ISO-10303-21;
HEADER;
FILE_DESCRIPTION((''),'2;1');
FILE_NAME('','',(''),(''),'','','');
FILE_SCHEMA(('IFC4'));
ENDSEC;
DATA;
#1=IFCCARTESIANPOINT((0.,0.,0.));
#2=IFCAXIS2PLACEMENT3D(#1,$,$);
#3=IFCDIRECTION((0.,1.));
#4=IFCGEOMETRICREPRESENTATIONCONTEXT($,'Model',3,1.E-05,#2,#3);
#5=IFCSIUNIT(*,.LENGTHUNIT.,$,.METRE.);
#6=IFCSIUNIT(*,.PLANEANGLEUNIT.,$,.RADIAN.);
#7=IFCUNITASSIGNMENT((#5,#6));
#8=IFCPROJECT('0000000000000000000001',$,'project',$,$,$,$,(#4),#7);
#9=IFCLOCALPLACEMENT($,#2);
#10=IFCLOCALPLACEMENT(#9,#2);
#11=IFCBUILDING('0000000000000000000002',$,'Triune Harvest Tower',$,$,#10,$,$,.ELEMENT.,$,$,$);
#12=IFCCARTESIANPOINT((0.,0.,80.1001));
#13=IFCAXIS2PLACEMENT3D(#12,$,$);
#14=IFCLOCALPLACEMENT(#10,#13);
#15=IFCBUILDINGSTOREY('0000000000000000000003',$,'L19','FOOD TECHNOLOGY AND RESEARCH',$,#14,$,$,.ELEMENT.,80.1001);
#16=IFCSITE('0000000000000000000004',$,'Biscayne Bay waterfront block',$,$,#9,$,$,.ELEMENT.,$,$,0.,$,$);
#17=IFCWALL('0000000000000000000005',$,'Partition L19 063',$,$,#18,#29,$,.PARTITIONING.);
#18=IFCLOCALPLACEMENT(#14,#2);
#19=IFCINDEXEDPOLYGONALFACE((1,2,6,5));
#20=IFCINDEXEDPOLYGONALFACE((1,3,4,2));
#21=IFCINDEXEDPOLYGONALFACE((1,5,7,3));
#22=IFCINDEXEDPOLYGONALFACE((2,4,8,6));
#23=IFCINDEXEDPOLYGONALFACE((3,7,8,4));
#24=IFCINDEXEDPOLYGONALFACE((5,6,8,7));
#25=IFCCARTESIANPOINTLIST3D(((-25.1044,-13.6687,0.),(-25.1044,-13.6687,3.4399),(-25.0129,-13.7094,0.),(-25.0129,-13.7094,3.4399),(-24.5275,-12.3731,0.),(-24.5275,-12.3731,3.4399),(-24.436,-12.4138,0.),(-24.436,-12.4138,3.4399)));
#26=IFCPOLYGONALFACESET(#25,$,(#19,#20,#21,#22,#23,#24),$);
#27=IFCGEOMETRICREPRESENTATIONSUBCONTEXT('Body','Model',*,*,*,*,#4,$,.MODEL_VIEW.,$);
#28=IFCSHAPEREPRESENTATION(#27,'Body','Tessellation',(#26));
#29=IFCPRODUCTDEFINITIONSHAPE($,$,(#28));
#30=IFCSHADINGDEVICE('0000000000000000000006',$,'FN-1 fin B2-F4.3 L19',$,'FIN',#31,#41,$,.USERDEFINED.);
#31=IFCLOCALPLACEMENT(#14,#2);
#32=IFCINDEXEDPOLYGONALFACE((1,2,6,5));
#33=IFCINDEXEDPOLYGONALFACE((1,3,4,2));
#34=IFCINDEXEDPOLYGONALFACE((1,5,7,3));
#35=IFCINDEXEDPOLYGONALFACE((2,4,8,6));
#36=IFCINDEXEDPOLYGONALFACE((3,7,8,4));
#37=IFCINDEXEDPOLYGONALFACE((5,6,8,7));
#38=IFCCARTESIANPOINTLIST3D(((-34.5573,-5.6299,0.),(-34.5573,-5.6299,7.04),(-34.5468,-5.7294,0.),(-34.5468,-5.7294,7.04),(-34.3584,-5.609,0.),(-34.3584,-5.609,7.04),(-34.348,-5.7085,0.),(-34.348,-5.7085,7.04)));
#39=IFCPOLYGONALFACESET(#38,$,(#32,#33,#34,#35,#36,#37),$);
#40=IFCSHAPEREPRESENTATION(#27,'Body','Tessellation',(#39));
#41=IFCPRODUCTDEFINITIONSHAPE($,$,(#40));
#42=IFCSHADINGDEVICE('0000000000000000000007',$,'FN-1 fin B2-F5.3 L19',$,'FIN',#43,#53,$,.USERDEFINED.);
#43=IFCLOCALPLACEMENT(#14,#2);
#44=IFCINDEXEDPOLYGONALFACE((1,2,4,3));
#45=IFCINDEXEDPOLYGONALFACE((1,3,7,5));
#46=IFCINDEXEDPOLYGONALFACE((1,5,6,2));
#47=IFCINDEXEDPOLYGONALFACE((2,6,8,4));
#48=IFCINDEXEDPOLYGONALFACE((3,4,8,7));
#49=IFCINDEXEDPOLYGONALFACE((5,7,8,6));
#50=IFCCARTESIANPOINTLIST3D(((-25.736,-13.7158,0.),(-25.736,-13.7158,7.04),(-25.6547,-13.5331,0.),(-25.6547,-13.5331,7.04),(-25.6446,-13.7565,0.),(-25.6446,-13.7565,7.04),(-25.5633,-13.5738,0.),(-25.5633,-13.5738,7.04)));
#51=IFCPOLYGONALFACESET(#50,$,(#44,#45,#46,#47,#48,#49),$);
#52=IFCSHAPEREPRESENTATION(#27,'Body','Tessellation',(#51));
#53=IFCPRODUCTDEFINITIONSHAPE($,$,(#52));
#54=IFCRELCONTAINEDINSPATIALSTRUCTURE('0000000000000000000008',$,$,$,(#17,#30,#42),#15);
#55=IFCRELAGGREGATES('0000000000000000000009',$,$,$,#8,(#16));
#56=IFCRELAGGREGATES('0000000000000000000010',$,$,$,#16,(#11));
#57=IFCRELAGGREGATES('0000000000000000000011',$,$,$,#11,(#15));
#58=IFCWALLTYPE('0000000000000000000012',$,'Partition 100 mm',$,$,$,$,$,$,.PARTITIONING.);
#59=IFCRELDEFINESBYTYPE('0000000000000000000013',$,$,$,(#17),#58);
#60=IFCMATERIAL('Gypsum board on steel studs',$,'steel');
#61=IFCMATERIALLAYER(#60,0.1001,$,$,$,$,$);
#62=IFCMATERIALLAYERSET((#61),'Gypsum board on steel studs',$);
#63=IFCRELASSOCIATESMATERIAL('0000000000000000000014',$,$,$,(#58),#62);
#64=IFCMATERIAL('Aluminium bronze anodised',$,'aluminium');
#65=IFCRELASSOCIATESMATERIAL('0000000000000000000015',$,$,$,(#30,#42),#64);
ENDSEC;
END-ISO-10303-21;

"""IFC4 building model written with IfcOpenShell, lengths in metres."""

from ifc_helpers import new_model, si_unit, direction, frame, frame_2d, origin, origin_2d, place, context, subcontext, project, spatial, rectangle, extrude, source, transform, mapped, material, layer, layer_set, type_object, element, save


model = new_model("IFC4")

# Units and contexts
model_context = context("Model", 3, precision=1e-05, world=origin(), true_north=direction((0.0, 1.0)))
body_context = subcontext(model_context, "Body", "Model", "MODEL_VIEW")
ifc_project = project(units=[si_unit("LENGTHUNIT", "METRE"), si_unit("PLANEANGLEUNIT", "RADIAN")], contexts=[model_context])

# Site, building, storey
site_placement = place(None, origin())
site = spatial("IfcSite", under=ifc_project, at=site_placement, Name="Biscayne Bay waterfront block", CompositionType="ELEMENT", RefElevation=0.0)
building_placement = place(site_placement, origin())
building = spatial("IfcBuilding", under=site, at=building_placement, Name="Triune Harvest Tower", CompositionType="ELEMENT")
storey_placement = place(building_placement, frame((0.0, 0.0, 80.1001)))
storey = spatial("IfcBuildingStorey", under=building, at=storey_placement, Name="L19", Description="FOOD TECHNOLOGY AND RESEARCH", CompositionType="ELEMENT", Elevation=80.1001)

# Wall
ifc_material_1 = material(Name="Gypsum board on steel studs", Category="steel")
ifc_layer_1 = layer(ifc_material_1, 0.1001)
ifc_layer_set_1 = layer_set([ifc_layer_1], Name="Gypsum board on steel studs")
wall_type = type_object("IfcWallType", Name="Partition 100 mm", PredefinedType="PARTITIONING", material=ifc_layer_set_1)
shared_shape_1 = source(origin(), body_context, "Body", "SweptSolid", [
    extrude(rectangle(XDim=1.4182, YDim=0.1001, at=frame_2d((0.709, 0.0))), origin(), (0.0, 0.0, 1.0), 3.4399),
])
wall_placement = place(storey_placement, frame((-25.0586, -13.689, 0.0), z_axis=(0.0, 0.0, 1.0), x_axis=(0.406761, 0.913534, 0.0)))
element("IfcWall", 1, at=wall_placement, inside=storey, type_object=wall_type, Name="Partition L19 063", PredefinedType="PARTITIONING", context=body_context, shape_type="MappedRepresentation", body=[
    mapped(shared_shape_1, transform((0.0, 0.0, 0.0), scale=1.0)),
])

# Shading devices
ifc_material_2 = material(Name="Aluminium bronze anodised", Category="aluminium")
shared_shape_2 = source(origin(), body_context, "Body", "SweptSolid", [
    extrude(rectangle(XDim=0.1001, YDim=0.2, at=origin_2d()), origin(), (0.0, 0.0, 1.0), 7.04),
])
for number, where, z_axis, x_axis, name in (
    (2, (-34.4526, -5.6692, 0.0), (0.0, 0.0, 1.0), (0.104529, -0.994522, 0.0), "FN-1 fin B2-F4.3 L19"),
    (3, (-25.6497, -13.6448, 0.0), (0.0, 0.0, 1.0), (0.913545, -0.406737, 0.0), "FN-1 fin B2-F5.3 L19"),
):
    element("IfcShadingDevice", number, at=place(storey_placement, frame(where, z_axis=z_axis, x_axis=x_axis)), inside=storey, material=ifc_material_2, Name=name, ObjectType="FIN", PredefinedType="USERDEFINED", context=body_context, shape_type="MappedRepresentation", body=[
        mapped(shared_shape_2, transform((0.0, 0.0, 0.0), scale=1.0)),
    ])

save(model, "model.ifc")
